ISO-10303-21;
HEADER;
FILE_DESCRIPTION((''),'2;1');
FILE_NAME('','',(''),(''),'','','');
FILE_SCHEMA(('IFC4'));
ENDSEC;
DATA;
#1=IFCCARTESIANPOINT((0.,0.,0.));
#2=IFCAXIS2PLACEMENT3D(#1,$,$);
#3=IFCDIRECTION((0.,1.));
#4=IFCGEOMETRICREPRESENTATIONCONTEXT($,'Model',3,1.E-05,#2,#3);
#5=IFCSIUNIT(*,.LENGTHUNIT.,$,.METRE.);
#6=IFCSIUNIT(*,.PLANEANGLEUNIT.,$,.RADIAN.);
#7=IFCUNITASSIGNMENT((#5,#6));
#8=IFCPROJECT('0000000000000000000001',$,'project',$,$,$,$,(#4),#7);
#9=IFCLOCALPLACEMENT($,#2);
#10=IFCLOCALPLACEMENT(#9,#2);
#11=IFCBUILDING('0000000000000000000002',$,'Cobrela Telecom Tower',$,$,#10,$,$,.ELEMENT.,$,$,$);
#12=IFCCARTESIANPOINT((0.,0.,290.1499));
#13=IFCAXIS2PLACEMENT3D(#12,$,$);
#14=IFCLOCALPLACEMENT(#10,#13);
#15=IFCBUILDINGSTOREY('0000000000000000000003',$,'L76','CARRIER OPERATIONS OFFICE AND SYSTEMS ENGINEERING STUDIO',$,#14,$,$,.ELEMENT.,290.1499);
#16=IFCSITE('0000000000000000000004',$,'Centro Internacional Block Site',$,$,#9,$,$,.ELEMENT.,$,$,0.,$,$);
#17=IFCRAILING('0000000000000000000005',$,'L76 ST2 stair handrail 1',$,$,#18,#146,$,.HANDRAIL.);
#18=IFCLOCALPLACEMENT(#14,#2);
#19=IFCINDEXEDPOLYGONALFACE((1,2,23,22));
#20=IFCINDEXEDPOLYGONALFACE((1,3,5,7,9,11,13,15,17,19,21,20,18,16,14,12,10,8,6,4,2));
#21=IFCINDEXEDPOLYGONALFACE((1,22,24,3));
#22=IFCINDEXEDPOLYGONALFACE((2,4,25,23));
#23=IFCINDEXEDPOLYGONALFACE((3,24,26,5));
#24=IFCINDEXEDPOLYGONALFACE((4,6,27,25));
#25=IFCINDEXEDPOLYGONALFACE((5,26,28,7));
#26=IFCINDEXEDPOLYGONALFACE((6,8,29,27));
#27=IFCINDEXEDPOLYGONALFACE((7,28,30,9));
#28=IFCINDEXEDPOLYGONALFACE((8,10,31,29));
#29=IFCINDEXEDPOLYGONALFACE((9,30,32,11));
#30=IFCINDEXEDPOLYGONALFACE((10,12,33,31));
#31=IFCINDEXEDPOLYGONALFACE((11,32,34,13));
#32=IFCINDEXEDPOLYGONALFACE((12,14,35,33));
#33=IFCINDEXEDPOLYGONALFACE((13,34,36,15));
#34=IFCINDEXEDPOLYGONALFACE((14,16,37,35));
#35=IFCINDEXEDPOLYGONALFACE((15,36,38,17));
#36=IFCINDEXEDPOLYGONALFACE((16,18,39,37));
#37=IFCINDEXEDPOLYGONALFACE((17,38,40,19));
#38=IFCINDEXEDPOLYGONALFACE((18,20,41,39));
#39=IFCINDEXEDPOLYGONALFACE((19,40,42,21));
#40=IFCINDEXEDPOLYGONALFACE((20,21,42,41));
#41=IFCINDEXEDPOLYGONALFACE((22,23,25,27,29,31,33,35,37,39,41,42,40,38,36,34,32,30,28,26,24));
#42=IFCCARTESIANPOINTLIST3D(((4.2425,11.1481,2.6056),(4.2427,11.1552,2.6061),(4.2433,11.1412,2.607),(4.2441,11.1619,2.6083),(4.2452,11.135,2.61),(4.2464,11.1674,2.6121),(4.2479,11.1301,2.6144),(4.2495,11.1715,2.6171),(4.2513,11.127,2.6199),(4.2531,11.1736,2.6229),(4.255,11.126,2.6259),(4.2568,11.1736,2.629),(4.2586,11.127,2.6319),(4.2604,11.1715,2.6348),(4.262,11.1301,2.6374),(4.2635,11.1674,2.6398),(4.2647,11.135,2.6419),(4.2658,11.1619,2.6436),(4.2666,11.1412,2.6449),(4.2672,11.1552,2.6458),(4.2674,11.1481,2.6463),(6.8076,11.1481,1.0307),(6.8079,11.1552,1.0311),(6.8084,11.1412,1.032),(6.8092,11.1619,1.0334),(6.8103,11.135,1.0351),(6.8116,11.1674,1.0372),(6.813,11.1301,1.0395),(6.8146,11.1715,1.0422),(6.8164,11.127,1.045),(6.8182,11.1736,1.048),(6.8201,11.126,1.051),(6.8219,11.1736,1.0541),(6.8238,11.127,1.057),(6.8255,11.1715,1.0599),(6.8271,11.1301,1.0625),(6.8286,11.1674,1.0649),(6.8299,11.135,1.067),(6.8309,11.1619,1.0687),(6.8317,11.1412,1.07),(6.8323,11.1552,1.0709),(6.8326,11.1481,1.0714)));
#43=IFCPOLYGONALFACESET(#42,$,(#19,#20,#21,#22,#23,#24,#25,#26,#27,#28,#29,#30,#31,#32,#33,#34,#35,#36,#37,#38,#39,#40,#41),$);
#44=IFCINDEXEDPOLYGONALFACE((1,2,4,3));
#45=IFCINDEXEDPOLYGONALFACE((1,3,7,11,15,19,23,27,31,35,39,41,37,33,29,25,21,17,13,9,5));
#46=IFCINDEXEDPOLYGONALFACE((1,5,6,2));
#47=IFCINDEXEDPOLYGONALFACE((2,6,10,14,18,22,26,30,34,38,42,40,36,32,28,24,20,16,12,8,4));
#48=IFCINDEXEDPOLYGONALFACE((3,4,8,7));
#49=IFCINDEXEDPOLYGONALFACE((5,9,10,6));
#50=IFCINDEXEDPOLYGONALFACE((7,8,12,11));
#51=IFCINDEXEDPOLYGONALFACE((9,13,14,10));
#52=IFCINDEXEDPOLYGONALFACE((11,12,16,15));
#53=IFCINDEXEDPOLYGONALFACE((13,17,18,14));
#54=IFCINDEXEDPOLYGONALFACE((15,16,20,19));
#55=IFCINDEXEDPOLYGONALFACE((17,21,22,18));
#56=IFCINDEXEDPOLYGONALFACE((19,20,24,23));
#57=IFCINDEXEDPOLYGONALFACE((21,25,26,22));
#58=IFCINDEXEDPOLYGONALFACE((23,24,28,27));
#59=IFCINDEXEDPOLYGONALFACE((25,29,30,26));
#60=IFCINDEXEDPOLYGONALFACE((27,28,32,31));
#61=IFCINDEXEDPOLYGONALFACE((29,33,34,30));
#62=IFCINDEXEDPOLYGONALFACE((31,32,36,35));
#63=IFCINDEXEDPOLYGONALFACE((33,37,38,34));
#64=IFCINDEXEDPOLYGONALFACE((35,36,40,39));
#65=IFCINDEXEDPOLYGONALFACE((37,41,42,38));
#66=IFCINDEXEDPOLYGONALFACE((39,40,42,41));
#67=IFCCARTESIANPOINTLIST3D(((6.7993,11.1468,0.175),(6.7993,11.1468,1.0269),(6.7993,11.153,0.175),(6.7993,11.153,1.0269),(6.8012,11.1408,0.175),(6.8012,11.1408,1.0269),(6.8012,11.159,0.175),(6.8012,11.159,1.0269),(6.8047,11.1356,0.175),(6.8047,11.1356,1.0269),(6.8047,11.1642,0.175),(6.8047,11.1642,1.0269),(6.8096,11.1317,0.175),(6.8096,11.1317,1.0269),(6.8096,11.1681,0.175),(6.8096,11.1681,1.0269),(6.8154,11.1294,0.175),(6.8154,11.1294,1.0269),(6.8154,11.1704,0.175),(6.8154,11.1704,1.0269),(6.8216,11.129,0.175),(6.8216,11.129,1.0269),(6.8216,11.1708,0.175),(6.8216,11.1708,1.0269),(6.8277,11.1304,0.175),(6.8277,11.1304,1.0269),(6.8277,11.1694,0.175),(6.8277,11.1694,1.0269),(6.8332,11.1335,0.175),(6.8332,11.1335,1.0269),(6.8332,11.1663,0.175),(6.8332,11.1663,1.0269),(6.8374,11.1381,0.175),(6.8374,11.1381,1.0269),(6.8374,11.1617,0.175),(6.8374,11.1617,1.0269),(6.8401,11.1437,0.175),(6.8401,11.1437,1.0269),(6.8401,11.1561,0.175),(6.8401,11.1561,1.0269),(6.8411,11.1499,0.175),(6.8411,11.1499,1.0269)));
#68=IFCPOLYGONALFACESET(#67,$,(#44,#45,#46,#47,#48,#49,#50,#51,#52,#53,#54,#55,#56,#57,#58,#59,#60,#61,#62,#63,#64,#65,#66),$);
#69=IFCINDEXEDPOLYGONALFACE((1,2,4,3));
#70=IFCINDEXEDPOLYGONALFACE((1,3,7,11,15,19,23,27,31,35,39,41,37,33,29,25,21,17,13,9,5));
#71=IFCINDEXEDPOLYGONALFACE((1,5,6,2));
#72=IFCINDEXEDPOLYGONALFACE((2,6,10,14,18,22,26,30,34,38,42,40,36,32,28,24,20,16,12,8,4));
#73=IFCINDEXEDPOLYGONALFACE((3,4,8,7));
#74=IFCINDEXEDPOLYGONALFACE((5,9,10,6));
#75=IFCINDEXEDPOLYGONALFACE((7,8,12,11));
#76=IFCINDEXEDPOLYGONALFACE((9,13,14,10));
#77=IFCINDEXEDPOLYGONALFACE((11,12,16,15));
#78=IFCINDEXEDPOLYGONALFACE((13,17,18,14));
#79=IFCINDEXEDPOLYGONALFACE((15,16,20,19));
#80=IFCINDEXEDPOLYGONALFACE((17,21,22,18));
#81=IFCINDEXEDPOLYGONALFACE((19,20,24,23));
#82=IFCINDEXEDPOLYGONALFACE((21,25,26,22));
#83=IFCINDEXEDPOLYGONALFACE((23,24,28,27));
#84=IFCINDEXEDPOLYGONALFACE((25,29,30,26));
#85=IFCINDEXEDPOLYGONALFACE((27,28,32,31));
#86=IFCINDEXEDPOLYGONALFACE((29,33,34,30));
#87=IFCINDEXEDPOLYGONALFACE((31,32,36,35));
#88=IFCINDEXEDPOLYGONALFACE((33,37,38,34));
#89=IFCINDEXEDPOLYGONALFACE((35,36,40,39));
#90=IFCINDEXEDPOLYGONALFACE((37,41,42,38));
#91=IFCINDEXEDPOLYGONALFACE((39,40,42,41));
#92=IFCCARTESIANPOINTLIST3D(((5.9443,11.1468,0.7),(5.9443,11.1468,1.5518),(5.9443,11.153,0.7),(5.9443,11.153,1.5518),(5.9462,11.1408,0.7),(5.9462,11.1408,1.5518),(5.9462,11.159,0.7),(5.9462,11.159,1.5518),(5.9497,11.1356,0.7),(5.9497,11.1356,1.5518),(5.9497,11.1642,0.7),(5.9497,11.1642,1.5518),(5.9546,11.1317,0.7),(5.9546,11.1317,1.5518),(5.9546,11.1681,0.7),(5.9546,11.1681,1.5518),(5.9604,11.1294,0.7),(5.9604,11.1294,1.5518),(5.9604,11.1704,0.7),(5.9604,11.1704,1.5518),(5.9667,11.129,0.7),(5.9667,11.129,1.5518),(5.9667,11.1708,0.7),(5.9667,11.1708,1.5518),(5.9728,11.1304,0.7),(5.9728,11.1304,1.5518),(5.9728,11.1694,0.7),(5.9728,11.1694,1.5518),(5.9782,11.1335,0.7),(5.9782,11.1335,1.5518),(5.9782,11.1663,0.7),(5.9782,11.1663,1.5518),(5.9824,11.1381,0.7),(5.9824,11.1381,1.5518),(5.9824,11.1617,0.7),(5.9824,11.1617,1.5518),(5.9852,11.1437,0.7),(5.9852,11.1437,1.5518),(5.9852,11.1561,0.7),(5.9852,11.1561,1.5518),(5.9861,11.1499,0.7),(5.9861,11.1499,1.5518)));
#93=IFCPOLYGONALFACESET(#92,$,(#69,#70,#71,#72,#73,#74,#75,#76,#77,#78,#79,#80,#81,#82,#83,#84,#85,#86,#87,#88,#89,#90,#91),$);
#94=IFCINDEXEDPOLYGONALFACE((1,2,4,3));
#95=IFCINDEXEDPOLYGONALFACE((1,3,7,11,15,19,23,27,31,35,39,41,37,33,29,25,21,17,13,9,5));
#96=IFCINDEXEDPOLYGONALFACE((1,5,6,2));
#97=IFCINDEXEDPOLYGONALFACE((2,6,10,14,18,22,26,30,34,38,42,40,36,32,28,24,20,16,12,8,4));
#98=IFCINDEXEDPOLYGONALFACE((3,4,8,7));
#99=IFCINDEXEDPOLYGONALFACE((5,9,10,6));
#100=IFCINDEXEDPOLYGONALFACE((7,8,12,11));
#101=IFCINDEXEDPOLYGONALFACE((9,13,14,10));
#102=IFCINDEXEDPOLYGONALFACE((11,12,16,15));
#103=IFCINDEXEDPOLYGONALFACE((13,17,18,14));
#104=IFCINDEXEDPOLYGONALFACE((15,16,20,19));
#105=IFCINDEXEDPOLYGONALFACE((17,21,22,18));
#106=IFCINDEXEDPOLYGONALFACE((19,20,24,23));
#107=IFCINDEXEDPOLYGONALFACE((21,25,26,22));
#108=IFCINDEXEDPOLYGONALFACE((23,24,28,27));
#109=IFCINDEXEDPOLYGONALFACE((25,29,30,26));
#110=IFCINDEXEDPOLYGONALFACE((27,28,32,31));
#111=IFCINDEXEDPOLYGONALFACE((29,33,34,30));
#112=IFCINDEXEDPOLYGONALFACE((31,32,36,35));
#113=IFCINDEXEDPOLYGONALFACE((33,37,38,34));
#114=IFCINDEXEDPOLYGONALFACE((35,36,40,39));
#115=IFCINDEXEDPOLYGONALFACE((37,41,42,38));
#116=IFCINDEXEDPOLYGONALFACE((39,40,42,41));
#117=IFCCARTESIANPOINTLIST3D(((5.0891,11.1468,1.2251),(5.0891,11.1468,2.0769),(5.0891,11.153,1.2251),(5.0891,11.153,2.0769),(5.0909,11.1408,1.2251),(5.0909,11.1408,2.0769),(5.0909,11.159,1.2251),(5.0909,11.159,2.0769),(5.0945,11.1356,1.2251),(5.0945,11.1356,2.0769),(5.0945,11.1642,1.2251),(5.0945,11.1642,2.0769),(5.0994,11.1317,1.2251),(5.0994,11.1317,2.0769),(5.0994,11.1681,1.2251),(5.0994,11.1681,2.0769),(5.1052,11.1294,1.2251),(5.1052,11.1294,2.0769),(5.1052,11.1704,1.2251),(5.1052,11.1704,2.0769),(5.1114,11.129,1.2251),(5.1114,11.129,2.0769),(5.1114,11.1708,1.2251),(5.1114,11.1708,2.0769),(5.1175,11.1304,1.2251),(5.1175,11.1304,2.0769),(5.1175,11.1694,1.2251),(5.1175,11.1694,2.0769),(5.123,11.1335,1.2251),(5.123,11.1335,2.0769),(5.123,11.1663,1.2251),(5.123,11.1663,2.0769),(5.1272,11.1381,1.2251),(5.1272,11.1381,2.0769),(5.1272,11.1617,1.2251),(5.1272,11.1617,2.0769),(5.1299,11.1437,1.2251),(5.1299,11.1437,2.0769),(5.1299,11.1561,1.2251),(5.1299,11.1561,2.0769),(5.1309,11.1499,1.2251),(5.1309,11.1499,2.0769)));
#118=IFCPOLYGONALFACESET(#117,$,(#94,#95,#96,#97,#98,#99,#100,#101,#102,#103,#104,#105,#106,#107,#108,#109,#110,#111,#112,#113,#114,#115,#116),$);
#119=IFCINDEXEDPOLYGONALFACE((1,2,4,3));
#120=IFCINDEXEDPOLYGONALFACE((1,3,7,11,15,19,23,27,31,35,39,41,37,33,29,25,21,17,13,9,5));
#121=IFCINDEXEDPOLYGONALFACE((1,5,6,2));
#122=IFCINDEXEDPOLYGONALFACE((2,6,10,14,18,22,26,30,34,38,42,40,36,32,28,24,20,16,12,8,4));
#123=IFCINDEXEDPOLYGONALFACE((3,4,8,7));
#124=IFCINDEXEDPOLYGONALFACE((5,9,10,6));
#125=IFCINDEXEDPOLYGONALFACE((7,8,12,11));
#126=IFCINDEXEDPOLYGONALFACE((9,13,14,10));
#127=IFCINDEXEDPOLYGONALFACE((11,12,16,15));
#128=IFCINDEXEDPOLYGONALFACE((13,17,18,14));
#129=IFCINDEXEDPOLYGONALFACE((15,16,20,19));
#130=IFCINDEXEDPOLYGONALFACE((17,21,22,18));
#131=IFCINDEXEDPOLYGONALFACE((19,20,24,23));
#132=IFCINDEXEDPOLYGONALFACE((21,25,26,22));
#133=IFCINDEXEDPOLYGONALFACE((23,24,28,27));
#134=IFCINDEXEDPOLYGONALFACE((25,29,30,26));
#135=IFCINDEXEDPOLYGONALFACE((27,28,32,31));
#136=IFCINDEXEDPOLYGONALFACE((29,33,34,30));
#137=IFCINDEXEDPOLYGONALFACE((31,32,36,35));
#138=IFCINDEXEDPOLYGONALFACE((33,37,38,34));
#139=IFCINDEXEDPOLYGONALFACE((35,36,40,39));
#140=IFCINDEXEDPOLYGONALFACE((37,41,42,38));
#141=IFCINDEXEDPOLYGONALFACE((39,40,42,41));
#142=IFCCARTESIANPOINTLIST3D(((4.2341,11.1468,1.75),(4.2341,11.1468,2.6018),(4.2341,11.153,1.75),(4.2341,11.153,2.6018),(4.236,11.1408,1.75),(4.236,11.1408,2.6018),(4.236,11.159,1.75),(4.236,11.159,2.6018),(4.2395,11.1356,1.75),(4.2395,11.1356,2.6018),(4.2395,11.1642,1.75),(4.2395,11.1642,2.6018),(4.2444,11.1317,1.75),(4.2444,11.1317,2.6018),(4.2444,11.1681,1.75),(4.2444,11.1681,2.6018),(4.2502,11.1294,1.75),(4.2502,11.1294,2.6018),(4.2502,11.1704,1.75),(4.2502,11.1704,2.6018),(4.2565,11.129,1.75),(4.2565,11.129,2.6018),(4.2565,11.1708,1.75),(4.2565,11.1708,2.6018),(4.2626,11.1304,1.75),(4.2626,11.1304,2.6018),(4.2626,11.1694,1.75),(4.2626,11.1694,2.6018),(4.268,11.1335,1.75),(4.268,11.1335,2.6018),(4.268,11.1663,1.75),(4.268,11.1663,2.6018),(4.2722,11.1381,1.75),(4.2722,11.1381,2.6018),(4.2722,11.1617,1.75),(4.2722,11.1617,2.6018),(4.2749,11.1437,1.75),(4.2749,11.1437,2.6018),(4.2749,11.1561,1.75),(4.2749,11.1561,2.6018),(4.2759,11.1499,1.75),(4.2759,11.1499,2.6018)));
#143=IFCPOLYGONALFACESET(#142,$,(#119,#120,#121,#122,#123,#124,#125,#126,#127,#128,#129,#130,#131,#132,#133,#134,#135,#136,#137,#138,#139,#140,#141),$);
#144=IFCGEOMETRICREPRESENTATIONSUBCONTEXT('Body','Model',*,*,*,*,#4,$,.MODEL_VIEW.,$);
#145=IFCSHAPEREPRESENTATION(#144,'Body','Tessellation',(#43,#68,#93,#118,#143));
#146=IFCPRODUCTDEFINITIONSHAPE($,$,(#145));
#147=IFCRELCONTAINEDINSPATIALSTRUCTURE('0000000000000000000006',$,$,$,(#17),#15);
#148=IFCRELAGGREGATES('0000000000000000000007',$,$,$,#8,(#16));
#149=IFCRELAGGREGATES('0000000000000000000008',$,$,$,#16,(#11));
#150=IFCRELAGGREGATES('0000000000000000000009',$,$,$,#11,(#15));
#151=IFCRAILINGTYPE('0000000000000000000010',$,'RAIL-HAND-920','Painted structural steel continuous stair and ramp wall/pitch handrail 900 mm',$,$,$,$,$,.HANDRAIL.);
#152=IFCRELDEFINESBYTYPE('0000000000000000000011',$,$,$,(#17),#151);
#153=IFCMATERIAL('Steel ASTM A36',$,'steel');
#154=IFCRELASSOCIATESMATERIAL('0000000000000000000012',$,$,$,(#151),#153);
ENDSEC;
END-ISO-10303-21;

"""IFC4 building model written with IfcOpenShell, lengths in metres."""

from ifc_helpers import new_model, si_unit, direction, frame, origin, origin_2d, place, context, subcontext, project, spatial, circle, extrude, material, type_object, element, save


model = new_model("IFC4")

# Units and contexts
model_context = context("Model", 3, precision=1e-05, world=origin(), true_north=direction((0.0, 1.0)))
body_context = subcontext(model_context, "Body", "Model", "MODEL_VIEW")
ifc_project = project(units=[si_unit("LENGTHUNIT", "METRE"), si_unit("PLANEANGLEUNIT", "RADIAN")], contexts=[model_context])

# Site, building, storey
site_placement = place(None, origin())
site = spatial("IfcSite", under=ifc_project, at=site_placement, Name="Centro Internacional Block Site", CompositionType="ELEMENT", RefElevation=0.0)
building_placement = place(site_placement, origin())
building = spatial("IfcBuilding", under=site, at=building_placement, Name="Cobrela Telecom Tower", CompositionType="ELEMENT")
storey_placement = place(building_placement, frame((0.0, 0.0, 290.1499)))
storey = spatial("IfcBuildingStorey", under=building, at=storey_placement, Name="L76", Description="CARRIER OPERATIONS OFFICE AND SYSTEMS ENGINEERING STUDIO", CompositionType="ELEMENT", Elevation=290.1499)

# Shared definitions
ifc_material_1 = material(Name="Steel ASTM A36", Category="steel")

# Railing
railing_type_1 = type_object("IfcRailingType", Name="RAIL-HAND-920", Description="Painted structural steel continuous stair and ramp wall/pitch handrail 900 mm", PredefinedType="HANDRAIL", material=ifc_material_1)
railing_1_placement = place(storey_placement, frame((6.8201, 11.1499, 0.175)))
element("IfcRailing", 1, at=railing_1_placement, inside=storey, type_object=railing_type_1, Name="L76 ST2 stair handrail 1", PredefinedType="HANDRAIL", context=body_context, shape_type="SweptSolid", body=[
    extrude(circle(Radius=0.0239, at=origin_2d()), frame((0.0, 0.0, 0.876), z_axis=(-0.852195, 0.0, 0.523224), x_axis=(0.0, -1.0, 0.0)), (0.0, 0.0, 1.0), 3.01),
    extrude(circle(Radius=0.021, at=origin_2d()), origin(), (0.0, 0.0, 1.0), 0.8518),
    extrude(circle(Radius=0.021, at=origin_2d()), frame((-0.855, 0.0, 0.5249)), (0.0, 0.0, 1.0), 0.8518),
    extrude(circle(Radius=0.021, at=origin_2d()), frame((-1.7102, 0.0, 1.05)), (0.0, 0.0, 1.0), 0.8518),
    extrude(circle(Radius=0.021, at=origin_2d()), frame((-2.5652, 0.0, 1.575)), (0.0, 0.0, 1.0), 0.8518),
])

save(model, "model.ifc")
